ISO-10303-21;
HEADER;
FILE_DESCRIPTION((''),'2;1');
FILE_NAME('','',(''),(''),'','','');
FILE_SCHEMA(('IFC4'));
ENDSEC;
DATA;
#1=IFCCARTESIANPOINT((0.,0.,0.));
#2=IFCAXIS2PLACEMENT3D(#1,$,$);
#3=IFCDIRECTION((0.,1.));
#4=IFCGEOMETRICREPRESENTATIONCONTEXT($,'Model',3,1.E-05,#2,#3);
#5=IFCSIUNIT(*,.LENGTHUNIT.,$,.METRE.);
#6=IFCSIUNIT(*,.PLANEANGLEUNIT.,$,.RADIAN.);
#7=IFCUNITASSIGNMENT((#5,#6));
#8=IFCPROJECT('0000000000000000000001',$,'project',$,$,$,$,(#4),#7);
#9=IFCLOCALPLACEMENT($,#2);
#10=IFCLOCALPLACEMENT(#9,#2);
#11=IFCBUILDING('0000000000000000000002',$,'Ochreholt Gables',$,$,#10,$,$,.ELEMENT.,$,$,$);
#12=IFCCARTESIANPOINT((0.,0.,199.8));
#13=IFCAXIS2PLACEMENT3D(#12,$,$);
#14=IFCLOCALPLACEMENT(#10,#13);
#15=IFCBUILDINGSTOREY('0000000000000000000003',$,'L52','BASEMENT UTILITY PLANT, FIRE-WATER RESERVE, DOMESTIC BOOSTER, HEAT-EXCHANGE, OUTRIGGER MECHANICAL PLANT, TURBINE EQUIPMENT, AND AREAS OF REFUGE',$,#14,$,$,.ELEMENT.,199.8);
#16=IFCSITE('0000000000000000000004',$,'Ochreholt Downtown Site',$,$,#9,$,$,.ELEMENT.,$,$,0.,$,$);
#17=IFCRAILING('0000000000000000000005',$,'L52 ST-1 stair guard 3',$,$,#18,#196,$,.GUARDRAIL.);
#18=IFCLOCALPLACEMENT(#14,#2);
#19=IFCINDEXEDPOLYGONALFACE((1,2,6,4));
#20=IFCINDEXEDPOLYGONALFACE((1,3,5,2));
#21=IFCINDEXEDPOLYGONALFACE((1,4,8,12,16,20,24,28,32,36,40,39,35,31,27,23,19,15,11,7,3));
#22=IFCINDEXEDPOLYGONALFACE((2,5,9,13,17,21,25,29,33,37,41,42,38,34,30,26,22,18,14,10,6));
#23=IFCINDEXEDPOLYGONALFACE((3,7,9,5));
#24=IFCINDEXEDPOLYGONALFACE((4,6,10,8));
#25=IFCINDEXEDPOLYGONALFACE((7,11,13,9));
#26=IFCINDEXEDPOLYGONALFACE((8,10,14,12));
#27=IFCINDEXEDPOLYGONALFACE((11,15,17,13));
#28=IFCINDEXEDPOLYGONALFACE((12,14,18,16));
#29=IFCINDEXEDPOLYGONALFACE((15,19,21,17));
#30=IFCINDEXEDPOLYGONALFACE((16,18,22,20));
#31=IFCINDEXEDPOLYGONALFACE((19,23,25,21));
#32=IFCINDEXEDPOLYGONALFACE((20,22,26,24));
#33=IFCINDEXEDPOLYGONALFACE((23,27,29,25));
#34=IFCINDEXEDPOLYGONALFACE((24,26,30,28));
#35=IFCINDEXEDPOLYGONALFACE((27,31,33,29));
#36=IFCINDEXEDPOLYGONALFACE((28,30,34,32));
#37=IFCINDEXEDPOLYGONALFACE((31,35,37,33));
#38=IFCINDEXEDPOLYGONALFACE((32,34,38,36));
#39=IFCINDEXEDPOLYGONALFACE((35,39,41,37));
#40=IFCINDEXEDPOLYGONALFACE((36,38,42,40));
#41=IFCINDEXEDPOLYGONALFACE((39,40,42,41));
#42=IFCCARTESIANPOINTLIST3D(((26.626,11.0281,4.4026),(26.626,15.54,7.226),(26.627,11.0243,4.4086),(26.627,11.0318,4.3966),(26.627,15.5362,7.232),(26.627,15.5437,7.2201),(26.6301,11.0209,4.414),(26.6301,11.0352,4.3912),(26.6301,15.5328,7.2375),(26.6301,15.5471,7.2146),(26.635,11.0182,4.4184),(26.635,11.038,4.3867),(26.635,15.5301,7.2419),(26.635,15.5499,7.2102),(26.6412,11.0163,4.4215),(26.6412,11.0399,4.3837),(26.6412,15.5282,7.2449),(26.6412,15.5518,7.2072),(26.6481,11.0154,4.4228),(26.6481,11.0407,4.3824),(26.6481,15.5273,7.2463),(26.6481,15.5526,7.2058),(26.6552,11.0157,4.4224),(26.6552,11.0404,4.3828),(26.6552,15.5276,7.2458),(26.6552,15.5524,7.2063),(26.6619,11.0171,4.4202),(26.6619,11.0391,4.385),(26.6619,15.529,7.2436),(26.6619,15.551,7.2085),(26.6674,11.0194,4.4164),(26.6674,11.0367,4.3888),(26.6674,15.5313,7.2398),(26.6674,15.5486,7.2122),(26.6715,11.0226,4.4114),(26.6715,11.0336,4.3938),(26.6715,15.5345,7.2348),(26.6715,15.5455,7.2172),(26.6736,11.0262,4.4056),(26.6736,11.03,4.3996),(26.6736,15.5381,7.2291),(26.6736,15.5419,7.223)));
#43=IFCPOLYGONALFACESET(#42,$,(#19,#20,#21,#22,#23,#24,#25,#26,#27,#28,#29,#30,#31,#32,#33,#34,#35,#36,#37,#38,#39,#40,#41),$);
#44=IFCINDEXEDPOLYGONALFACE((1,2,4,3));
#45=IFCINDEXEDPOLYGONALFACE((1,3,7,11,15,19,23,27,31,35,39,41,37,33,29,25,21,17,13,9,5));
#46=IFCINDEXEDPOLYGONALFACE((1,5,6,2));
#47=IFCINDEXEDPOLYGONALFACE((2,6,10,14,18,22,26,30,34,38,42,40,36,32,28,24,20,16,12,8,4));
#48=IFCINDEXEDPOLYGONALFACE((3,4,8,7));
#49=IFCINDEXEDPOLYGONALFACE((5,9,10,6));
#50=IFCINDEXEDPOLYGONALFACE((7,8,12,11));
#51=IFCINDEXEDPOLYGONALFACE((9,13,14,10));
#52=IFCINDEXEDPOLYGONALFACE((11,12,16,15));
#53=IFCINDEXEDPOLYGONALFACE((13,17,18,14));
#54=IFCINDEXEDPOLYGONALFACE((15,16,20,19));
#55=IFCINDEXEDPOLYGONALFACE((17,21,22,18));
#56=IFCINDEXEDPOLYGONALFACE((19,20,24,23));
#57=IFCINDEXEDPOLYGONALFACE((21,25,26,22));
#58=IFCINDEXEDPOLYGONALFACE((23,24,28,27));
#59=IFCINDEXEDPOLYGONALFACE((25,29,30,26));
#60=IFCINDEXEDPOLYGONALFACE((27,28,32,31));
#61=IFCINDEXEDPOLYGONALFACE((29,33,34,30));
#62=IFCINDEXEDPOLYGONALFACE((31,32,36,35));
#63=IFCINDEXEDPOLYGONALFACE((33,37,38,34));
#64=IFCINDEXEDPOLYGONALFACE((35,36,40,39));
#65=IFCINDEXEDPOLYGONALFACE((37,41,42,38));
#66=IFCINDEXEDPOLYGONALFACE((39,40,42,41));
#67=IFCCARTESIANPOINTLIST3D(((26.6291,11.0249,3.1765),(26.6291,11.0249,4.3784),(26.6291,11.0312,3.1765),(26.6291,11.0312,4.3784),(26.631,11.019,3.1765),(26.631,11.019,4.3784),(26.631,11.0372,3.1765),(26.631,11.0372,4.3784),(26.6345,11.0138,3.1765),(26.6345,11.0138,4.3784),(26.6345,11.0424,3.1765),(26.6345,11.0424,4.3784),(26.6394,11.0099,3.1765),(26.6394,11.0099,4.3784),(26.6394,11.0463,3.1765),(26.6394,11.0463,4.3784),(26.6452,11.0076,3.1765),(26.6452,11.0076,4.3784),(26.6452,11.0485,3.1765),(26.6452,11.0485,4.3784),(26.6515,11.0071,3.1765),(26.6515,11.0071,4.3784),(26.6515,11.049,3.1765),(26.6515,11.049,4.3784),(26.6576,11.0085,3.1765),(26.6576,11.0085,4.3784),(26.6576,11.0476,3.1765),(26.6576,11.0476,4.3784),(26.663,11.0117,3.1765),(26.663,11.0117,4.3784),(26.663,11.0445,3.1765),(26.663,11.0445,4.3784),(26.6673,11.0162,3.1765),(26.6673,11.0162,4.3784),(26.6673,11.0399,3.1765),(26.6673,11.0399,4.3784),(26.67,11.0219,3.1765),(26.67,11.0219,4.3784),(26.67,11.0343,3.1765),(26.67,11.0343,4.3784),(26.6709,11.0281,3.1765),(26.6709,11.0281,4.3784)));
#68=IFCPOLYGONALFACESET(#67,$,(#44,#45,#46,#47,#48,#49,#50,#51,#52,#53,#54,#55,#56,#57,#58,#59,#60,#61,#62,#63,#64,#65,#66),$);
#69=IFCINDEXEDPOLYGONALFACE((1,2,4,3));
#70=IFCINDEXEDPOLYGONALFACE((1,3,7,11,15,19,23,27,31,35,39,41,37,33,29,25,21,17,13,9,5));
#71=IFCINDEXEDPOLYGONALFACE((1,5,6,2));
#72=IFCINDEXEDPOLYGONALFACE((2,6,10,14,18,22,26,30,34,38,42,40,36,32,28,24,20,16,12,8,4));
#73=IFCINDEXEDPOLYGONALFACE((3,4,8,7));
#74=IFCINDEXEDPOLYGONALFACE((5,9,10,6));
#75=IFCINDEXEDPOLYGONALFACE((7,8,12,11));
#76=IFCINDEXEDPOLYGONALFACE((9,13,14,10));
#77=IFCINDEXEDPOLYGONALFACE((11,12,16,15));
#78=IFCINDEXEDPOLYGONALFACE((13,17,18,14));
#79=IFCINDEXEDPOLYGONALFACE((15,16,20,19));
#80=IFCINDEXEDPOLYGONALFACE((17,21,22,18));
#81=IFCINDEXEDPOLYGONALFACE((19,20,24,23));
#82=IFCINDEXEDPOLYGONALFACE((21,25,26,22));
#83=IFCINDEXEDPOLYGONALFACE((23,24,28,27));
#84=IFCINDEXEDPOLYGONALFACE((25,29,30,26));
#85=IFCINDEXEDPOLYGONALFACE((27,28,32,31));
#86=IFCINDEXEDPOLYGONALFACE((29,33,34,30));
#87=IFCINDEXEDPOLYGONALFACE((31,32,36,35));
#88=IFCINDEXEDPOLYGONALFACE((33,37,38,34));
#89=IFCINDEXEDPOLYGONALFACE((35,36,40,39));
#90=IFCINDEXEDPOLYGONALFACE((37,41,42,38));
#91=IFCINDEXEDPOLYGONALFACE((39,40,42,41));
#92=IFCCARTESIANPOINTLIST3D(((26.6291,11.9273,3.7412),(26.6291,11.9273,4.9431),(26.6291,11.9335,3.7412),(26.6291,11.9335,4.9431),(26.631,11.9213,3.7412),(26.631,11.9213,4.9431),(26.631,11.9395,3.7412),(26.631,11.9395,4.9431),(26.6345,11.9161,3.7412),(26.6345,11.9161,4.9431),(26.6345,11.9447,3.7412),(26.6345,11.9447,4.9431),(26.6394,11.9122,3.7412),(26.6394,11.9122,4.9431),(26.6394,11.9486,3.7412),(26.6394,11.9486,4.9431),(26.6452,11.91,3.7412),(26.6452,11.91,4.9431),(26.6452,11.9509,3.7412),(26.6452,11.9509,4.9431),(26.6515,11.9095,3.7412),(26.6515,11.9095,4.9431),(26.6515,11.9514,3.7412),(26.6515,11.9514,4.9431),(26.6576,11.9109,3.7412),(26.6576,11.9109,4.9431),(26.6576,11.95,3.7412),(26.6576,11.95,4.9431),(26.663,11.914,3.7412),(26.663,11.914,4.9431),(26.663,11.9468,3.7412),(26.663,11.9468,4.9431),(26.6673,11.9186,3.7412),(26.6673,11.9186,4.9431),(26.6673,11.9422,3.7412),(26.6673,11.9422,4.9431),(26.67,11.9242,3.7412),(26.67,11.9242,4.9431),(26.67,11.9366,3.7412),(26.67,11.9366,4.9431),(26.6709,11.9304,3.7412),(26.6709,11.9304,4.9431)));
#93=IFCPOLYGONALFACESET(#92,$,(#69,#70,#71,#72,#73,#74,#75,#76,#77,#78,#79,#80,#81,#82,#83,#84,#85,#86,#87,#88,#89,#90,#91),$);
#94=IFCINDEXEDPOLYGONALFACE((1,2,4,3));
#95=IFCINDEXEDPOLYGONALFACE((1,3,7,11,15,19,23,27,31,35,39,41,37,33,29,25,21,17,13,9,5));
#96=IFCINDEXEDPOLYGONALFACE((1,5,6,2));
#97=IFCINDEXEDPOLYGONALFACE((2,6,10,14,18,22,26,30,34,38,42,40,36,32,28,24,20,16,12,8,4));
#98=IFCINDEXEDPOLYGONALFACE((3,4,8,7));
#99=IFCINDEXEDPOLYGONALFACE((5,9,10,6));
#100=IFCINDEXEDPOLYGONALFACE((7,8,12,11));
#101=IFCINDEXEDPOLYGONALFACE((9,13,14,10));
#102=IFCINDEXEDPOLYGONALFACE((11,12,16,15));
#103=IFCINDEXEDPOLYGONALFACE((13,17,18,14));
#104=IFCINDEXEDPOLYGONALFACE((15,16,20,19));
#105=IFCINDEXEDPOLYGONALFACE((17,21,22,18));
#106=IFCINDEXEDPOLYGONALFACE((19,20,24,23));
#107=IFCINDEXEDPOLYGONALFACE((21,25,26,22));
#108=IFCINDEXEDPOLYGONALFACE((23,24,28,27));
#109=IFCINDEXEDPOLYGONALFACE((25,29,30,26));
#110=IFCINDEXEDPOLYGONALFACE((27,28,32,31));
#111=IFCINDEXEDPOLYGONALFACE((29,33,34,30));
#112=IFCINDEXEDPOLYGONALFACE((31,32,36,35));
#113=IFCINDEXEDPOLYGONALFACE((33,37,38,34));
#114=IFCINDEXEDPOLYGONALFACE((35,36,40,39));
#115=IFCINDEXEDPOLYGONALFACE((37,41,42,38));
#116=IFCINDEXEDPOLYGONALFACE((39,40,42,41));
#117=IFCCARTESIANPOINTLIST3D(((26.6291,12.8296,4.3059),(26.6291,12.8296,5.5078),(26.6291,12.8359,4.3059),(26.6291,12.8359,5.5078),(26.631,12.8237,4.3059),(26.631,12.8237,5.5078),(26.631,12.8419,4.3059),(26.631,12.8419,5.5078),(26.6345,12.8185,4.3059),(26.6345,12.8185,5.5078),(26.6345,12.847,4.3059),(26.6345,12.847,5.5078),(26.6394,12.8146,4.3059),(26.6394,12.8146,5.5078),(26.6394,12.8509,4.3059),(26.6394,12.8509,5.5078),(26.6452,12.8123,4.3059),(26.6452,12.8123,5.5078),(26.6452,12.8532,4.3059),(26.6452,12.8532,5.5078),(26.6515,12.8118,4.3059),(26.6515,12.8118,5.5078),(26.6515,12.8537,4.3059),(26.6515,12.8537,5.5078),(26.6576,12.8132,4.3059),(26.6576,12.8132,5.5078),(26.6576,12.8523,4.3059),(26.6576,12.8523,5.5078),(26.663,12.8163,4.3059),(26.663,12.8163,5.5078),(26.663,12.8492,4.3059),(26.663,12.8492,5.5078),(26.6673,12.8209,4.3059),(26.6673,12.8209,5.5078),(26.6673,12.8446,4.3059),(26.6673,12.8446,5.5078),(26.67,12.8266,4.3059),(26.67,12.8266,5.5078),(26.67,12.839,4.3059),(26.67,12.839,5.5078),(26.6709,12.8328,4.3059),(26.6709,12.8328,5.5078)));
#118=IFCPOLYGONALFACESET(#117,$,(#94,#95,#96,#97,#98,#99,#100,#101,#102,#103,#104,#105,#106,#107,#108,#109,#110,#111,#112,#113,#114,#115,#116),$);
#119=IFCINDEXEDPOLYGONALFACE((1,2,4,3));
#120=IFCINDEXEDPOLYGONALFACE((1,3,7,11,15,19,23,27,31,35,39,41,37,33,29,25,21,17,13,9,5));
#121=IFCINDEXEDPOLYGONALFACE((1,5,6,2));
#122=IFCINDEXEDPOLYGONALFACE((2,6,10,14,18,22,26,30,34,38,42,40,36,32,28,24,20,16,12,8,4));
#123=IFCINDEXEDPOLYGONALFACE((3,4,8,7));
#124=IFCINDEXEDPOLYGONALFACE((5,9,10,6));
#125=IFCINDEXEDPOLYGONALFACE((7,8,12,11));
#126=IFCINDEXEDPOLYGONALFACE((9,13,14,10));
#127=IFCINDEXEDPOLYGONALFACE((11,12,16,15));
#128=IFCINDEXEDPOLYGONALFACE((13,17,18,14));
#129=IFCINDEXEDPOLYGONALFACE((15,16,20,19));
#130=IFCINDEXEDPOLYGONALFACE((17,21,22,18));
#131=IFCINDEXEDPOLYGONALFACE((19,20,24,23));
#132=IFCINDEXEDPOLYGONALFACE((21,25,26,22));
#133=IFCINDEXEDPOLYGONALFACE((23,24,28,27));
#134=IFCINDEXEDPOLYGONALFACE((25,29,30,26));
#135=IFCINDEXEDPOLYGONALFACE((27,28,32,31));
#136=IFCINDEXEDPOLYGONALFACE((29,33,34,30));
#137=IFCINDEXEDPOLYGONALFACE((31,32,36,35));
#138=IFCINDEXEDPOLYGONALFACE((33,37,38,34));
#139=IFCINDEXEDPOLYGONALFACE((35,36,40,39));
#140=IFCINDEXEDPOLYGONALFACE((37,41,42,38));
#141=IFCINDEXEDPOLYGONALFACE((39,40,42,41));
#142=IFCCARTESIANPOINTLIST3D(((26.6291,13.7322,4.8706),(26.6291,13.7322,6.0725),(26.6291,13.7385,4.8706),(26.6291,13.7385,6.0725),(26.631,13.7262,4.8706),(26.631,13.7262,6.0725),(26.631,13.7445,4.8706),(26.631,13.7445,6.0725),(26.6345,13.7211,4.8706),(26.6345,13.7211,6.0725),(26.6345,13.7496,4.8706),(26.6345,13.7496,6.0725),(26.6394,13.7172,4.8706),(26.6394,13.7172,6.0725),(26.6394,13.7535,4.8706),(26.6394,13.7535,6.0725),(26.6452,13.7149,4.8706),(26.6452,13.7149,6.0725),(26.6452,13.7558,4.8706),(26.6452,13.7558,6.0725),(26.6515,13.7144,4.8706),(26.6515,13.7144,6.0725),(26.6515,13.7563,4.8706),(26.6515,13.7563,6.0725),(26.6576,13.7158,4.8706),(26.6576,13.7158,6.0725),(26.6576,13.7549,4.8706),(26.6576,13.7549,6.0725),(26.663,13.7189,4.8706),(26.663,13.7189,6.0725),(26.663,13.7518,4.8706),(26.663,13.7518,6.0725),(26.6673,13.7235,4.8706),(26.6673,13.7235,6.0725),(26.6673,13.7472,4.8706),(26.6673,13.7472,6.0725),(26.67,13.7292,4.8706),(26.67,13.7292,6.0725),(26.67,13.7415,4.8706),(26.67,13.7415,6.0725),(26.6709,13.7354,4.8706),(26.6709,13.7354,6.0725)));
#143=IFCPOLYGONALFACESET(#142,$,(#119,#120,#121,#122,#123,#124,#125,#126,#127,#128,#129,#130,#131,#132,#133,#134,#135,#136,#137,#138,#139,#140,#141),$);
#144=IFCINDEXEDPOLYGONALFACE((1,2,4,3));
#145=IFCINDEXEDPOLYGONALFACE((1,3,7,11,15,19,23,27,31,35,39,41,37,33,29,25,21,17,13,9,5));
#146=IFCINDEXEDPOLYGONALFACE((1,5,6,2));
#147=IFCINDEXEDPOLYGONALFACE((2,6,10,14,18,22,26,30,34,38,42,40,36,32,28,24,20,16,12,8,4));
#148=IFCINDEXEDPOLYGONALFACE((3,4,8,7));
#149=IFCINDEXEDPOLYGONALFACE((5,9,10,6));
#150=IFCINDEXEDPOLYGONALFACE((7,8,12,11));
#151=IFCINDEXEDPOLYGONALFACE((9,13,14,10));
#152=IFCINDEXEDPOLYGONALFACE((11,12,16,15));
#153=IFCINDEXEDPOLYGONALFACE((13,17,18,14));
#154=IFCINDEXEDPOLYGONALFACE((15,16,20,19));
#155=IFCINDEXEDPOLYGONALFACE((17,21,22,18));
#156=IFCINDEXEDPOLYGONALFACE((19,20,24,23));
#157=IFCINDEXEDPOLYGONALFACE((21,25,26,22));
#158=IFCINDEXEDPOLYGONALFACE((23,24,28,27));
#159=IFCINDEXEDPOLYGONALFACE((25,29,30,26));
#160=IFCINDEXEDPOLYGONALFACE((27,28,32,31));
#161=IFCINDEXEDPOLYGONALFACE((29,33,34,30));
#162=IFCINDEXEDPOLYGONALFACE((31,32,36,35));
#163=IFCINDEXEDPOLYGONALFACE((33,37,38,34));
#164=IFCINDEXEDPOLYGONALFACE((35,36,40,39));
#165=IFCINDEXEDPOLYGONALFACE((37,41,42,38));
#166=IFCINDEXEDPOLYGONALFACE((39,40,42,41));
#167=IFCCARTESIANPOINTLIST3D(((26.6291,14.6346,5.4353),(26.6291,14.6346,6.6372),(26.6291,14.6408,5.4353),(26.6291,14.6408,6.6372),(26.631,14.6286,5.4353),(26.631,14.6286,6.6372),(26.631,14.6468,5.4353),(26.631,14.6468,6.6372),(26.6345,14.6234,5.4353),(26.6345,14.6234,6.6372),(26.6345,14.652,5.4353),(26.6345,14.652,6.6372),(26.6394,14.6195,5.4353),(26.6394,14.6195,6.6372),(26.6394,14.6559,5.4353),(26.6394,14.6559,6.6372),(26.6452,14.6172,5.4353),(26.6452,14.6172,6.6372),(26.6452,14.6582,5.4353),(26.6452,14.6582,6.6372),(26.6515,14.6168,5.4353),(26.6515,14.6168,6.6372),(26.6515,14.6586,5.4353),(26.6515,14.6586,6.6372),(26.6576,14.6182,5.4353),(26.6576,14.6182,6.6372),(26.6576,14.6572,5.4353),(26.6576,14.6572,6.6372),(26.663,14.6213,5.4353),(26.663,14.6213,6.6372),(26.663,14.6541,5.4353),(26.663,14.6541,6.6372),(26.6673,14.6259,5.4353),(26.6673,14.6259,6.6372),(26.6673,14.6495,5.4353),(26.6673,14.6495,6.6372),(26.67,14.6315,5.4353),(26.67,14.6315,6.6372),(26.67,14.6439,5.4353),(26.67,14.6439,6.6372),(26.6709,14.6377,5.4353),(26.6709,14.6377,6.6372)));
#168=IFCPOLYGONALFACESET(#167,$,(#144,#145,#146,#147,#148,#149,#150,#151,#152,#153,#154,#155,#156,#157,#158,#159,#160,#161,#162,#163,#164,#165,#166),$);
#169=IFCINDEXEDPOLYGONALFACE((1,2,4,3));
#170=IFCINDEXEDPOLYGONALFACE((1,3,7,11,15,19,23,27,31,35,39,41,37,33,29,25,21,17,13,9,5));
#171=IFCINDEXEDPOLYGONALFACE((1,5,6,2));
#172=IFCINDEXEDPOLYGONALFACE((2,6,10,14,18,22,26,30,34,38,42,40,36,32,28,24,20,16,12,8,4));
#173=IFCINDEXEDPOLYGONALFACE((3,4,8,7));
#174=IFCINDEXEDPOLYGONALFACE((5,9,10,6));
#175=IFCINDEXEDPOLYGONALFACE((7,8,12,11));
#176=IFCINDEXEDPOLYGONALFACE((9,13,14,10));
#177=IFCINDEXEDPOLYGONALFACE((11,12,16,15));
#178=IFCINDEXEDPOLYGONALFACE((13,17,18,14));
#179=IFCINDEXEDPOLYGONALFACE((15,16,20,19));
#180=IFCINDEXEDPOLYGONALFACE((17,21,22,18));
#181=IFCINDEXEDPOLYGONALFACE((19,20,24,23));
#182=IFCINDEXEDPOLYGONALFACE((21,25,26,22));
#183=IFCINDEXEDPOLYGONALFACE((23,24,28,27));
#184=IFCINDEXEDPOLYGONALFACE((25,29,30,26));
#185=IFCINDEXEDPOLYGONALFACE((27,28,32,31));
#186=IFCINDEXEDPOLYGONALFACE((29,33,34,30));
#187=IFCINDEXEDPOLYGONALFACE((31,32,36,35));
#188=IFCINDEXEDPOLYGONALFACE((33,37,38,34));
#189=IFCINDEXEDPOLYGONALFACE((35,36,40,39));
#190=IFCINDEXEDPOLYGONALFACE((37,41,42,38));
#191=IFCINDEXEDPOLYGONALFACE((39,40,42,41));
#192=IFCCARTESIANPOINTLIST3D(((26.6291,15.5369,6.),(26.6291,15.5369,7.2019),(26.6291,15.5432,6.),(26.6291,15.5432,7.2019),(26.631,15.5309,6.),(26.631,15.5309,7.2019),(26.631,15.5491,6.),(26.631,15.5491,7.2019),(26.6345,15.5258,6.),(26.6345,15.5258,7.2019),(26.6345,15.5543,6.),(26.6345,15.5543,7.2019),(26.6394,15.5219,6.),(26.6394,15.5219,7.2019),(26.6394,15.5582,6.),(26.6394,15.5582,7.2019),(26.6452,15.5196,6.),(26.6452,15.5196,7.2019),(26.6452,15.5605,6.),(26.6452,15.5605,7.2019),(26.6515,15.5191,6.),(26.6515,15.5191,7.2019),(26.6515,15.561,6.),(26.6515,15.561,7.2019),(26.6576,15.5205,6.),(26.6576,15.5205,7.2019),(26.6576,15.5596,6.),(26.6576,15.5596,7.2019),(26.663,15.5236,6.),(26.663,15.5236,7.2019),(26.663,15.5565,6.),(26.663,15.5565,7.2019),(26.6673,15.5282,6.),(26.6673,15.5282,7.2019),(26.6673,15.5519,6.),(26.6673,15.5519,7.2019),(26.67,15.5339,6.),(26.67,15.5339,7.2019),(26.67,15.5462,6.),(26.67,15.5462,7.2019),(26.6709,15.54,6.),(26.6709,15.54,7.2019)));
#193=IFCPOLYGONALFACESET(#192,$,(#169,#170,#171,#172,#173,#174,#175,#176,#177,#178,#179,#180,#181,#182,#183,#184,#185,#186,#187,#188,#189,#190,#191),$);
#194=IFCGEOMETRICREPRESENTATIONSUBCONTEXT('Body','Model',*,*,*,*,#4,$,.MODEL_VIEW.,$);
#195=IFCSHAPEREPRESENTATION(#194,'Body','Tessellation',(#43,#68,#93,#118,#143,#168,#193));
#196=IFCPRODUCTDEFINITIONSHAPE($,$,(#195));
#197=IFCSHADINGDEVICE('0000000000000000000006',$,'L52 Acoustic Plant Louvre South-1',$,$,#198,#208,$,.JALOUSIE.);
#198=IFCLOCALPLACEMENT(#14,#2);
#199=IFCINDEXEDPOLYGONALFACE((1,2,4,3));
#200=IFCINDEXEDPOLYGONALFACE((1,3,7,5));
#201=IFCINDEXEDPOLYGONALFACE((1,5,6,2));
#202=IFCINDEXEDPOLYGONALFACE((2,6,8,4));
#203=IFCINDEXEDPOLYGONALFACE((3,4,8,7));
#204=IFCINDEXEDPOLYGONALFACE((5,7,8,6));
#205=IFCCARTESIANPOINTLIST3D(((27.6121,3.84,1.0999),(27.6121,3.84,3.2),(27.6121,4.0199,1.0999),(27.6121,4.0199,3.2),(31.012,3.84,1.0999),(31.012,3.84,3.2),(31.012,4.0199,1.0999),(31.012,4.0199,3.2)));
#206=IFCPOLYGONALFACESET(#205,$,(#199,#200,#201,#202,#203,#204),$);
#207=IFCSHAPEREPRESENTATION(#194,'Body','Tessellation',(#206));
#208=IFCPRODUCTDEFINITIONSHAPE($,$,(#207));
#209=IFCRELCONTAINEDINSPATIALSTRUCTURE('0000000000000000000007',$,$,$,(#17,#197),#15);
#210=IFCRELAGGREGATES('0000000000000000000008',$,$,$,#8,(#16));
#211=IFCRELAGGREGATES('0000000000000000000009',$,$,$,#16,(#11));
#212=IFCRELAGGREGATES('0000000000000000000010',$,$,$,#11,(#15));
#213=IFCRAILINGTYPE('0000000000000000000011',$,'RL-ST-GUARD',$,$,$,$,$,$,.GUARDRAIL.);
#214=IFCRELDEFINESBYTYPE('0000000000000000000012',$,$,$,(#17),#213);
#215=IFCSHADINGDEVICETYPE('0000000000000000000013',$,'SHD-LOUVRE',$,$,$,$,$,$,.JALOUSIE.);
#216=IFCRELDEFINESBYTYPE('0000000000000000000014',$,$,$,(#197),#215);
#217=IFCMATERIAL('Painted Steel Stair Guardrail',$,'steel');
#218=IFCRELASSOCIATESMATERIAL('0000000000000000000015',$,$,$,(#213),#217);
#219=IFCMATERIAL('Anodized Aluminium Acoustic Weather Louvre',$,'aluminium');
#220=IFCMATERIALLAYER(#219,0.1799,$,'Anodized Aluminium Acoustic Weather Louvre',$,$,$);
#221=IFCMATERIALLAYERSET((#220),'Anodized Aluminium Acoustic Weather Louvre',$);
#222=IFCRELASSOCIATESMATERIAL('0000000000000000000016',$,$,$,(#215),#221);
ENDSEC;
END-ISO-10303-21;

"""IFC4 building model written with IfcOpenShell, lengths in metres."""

from ifc_helpers import new_model, si_unit, direction, frame, origin, origin_2d, place, context, subcontext, project, spatial, rectangle, circle, extrude, material, layer, layer_set, type_object, element, save


model = new_model("IFC4")

# Units and contexts
model_context = context("Model", 3, precision=1e-05, world=origin(), true_north=direction((0.0, 1.0)))
body_context = subcontext(model_context, "Body", "Model", "MODEL_VIEW")
ifc_project = project(units=[si_unit("LENGTHUNIT", "METRE"), si_unit("PLANEANGLEUNIT", "RADIAN")], contexts=[model_context])

# Site, building, storey
site_placement = place(None, origin())
site = spatial("IfcSite", under=ifc_project, at=site_placement, Name="Ochreholt Downtown Site", CompositionType="ELEMENT", RefElevation=0.0)
building_placement = place(site_placement, origin())
building = spatial("IfcBuilding", under=site, at=building_placement, Name="Ochreholt Gables", CompositionType="ELEMENT")
storey_placement = place(building_placement, frame((0.0, 0.0, 199.8)))
storey = spatial("IfcBuildingStorey", under=building, at=storey_placement, Name="L52", Description="BASEMENT UTILITY PLANT, FIRE-WATER RESERVE, DOMESTIC BOOSTER, HEAT-EXCHANGE, OUTRIGGER MECHANICAL PLANT, TURBINE EQUIPMENT, AND AREAS OF REFUGE", CompositionType="ELEMENT", Elevation=199.8)

# Railing
ifc_material_1 = material(Name="Painted Steel Stair Guardrail", Category="steel")
railing_type = type_object("IfcRailingType", Name="RL-ST-GUARD", PredefinedType="GUARDRAIL", material=ifc_material_1)
railing_1_placement = place(storey_placement, frame((26.6499, 11.0281, 3.1765)))
element("IfcRailing", 1, at=railing_1_placement, inside=storey, type_object=railing_type, Name="L52 ST-1 stair guard 3", PredefinedType="GUARDRAIL", context=body_context, shape_type="SweptSolid", body=[
    extrude(circle(Radius=0.0239, at=origin_2d()), frame((0.0, 0.0, 1.2261), z_axis=(0.0, 0.847702, 0.530473), x_axis=(-1.0, 0.0, 0.0)), (0.0, 0.0, 1.0), 5.3225),
    extrude(circle(Radius=0.021, at=origin_2d()), origin(), (0.0, 0.0, 1.0), 1.2019),
    extrude(circle(Radius=0.021, at=origin_2d()), frame((0.0, 0.9023, 0.5647)), (0.0, 0.0, 1.0), 1.2019),
    extrude(circle(Radius=0.021, at=origin_2d()), frame((0.0, 1.8047, 1.1294)), (0.0, 0.0, 1.0), 1.2019),
    extrude(circle(Radius=0.021, at=origin_2d()), frame((0.0, 2.7073, 1.6941)), (0.0, 0.0, 1.0), 1.2019),
    extrude(circle(Radius=0.021, at=origin_2d()), frame((0.0, 3.6096, 2.2588)), (0.0, 0.0, 1.0), 1.2019),
    extrude(circle(Radius=0.021, at=origin_2d()), frame((0.0, 4.512, 2.8235)), (0.0, 0.0, 1.0), 1.2019),
])

# Shading device
ifc_material_2 = material(Name="Anodized Aluminium Acoustic Weather Louvre", Category="aluminium")
ifc_layer_1 = layer(ifc_material_2, 0.1799, Name="Anodized Aluminium Acoustic Weather Louvre")
ifc_layer_set_1 = layer_set([ifc_layer_1], Name="Anodized Aluminium Acoustic Weather Louvre")
shading_device_type = type_object("IfcShadingDeviceType", Name="SHD-LOUVRE", PredefinedType="JALOUSIE", material=ifc_layer_set_1)
shading_device_placement = place(storey_placement, frame((29.312, 3.9299, 1.0999), z_axis=(0.0, 0.0, 1.0), x_axis=(1.0, 0.0, 0.0)))
element("IfcShadingDevice", 2, at=shading_device_placement, inside=storey, type_object=shading_device_type, Name="L52 Acoustic Plant Louvre South-1", PredefinedType="JALOUSIE", context=body_context, shape_type="SweptSolid", body=[
    extrude(rectangle(XDim=3.3999, YDim=0.1799, at=origin_2d()), origin(), (0.0, 0.0, 1.0), 2.1001),
])

save(model, "model.ifc")
